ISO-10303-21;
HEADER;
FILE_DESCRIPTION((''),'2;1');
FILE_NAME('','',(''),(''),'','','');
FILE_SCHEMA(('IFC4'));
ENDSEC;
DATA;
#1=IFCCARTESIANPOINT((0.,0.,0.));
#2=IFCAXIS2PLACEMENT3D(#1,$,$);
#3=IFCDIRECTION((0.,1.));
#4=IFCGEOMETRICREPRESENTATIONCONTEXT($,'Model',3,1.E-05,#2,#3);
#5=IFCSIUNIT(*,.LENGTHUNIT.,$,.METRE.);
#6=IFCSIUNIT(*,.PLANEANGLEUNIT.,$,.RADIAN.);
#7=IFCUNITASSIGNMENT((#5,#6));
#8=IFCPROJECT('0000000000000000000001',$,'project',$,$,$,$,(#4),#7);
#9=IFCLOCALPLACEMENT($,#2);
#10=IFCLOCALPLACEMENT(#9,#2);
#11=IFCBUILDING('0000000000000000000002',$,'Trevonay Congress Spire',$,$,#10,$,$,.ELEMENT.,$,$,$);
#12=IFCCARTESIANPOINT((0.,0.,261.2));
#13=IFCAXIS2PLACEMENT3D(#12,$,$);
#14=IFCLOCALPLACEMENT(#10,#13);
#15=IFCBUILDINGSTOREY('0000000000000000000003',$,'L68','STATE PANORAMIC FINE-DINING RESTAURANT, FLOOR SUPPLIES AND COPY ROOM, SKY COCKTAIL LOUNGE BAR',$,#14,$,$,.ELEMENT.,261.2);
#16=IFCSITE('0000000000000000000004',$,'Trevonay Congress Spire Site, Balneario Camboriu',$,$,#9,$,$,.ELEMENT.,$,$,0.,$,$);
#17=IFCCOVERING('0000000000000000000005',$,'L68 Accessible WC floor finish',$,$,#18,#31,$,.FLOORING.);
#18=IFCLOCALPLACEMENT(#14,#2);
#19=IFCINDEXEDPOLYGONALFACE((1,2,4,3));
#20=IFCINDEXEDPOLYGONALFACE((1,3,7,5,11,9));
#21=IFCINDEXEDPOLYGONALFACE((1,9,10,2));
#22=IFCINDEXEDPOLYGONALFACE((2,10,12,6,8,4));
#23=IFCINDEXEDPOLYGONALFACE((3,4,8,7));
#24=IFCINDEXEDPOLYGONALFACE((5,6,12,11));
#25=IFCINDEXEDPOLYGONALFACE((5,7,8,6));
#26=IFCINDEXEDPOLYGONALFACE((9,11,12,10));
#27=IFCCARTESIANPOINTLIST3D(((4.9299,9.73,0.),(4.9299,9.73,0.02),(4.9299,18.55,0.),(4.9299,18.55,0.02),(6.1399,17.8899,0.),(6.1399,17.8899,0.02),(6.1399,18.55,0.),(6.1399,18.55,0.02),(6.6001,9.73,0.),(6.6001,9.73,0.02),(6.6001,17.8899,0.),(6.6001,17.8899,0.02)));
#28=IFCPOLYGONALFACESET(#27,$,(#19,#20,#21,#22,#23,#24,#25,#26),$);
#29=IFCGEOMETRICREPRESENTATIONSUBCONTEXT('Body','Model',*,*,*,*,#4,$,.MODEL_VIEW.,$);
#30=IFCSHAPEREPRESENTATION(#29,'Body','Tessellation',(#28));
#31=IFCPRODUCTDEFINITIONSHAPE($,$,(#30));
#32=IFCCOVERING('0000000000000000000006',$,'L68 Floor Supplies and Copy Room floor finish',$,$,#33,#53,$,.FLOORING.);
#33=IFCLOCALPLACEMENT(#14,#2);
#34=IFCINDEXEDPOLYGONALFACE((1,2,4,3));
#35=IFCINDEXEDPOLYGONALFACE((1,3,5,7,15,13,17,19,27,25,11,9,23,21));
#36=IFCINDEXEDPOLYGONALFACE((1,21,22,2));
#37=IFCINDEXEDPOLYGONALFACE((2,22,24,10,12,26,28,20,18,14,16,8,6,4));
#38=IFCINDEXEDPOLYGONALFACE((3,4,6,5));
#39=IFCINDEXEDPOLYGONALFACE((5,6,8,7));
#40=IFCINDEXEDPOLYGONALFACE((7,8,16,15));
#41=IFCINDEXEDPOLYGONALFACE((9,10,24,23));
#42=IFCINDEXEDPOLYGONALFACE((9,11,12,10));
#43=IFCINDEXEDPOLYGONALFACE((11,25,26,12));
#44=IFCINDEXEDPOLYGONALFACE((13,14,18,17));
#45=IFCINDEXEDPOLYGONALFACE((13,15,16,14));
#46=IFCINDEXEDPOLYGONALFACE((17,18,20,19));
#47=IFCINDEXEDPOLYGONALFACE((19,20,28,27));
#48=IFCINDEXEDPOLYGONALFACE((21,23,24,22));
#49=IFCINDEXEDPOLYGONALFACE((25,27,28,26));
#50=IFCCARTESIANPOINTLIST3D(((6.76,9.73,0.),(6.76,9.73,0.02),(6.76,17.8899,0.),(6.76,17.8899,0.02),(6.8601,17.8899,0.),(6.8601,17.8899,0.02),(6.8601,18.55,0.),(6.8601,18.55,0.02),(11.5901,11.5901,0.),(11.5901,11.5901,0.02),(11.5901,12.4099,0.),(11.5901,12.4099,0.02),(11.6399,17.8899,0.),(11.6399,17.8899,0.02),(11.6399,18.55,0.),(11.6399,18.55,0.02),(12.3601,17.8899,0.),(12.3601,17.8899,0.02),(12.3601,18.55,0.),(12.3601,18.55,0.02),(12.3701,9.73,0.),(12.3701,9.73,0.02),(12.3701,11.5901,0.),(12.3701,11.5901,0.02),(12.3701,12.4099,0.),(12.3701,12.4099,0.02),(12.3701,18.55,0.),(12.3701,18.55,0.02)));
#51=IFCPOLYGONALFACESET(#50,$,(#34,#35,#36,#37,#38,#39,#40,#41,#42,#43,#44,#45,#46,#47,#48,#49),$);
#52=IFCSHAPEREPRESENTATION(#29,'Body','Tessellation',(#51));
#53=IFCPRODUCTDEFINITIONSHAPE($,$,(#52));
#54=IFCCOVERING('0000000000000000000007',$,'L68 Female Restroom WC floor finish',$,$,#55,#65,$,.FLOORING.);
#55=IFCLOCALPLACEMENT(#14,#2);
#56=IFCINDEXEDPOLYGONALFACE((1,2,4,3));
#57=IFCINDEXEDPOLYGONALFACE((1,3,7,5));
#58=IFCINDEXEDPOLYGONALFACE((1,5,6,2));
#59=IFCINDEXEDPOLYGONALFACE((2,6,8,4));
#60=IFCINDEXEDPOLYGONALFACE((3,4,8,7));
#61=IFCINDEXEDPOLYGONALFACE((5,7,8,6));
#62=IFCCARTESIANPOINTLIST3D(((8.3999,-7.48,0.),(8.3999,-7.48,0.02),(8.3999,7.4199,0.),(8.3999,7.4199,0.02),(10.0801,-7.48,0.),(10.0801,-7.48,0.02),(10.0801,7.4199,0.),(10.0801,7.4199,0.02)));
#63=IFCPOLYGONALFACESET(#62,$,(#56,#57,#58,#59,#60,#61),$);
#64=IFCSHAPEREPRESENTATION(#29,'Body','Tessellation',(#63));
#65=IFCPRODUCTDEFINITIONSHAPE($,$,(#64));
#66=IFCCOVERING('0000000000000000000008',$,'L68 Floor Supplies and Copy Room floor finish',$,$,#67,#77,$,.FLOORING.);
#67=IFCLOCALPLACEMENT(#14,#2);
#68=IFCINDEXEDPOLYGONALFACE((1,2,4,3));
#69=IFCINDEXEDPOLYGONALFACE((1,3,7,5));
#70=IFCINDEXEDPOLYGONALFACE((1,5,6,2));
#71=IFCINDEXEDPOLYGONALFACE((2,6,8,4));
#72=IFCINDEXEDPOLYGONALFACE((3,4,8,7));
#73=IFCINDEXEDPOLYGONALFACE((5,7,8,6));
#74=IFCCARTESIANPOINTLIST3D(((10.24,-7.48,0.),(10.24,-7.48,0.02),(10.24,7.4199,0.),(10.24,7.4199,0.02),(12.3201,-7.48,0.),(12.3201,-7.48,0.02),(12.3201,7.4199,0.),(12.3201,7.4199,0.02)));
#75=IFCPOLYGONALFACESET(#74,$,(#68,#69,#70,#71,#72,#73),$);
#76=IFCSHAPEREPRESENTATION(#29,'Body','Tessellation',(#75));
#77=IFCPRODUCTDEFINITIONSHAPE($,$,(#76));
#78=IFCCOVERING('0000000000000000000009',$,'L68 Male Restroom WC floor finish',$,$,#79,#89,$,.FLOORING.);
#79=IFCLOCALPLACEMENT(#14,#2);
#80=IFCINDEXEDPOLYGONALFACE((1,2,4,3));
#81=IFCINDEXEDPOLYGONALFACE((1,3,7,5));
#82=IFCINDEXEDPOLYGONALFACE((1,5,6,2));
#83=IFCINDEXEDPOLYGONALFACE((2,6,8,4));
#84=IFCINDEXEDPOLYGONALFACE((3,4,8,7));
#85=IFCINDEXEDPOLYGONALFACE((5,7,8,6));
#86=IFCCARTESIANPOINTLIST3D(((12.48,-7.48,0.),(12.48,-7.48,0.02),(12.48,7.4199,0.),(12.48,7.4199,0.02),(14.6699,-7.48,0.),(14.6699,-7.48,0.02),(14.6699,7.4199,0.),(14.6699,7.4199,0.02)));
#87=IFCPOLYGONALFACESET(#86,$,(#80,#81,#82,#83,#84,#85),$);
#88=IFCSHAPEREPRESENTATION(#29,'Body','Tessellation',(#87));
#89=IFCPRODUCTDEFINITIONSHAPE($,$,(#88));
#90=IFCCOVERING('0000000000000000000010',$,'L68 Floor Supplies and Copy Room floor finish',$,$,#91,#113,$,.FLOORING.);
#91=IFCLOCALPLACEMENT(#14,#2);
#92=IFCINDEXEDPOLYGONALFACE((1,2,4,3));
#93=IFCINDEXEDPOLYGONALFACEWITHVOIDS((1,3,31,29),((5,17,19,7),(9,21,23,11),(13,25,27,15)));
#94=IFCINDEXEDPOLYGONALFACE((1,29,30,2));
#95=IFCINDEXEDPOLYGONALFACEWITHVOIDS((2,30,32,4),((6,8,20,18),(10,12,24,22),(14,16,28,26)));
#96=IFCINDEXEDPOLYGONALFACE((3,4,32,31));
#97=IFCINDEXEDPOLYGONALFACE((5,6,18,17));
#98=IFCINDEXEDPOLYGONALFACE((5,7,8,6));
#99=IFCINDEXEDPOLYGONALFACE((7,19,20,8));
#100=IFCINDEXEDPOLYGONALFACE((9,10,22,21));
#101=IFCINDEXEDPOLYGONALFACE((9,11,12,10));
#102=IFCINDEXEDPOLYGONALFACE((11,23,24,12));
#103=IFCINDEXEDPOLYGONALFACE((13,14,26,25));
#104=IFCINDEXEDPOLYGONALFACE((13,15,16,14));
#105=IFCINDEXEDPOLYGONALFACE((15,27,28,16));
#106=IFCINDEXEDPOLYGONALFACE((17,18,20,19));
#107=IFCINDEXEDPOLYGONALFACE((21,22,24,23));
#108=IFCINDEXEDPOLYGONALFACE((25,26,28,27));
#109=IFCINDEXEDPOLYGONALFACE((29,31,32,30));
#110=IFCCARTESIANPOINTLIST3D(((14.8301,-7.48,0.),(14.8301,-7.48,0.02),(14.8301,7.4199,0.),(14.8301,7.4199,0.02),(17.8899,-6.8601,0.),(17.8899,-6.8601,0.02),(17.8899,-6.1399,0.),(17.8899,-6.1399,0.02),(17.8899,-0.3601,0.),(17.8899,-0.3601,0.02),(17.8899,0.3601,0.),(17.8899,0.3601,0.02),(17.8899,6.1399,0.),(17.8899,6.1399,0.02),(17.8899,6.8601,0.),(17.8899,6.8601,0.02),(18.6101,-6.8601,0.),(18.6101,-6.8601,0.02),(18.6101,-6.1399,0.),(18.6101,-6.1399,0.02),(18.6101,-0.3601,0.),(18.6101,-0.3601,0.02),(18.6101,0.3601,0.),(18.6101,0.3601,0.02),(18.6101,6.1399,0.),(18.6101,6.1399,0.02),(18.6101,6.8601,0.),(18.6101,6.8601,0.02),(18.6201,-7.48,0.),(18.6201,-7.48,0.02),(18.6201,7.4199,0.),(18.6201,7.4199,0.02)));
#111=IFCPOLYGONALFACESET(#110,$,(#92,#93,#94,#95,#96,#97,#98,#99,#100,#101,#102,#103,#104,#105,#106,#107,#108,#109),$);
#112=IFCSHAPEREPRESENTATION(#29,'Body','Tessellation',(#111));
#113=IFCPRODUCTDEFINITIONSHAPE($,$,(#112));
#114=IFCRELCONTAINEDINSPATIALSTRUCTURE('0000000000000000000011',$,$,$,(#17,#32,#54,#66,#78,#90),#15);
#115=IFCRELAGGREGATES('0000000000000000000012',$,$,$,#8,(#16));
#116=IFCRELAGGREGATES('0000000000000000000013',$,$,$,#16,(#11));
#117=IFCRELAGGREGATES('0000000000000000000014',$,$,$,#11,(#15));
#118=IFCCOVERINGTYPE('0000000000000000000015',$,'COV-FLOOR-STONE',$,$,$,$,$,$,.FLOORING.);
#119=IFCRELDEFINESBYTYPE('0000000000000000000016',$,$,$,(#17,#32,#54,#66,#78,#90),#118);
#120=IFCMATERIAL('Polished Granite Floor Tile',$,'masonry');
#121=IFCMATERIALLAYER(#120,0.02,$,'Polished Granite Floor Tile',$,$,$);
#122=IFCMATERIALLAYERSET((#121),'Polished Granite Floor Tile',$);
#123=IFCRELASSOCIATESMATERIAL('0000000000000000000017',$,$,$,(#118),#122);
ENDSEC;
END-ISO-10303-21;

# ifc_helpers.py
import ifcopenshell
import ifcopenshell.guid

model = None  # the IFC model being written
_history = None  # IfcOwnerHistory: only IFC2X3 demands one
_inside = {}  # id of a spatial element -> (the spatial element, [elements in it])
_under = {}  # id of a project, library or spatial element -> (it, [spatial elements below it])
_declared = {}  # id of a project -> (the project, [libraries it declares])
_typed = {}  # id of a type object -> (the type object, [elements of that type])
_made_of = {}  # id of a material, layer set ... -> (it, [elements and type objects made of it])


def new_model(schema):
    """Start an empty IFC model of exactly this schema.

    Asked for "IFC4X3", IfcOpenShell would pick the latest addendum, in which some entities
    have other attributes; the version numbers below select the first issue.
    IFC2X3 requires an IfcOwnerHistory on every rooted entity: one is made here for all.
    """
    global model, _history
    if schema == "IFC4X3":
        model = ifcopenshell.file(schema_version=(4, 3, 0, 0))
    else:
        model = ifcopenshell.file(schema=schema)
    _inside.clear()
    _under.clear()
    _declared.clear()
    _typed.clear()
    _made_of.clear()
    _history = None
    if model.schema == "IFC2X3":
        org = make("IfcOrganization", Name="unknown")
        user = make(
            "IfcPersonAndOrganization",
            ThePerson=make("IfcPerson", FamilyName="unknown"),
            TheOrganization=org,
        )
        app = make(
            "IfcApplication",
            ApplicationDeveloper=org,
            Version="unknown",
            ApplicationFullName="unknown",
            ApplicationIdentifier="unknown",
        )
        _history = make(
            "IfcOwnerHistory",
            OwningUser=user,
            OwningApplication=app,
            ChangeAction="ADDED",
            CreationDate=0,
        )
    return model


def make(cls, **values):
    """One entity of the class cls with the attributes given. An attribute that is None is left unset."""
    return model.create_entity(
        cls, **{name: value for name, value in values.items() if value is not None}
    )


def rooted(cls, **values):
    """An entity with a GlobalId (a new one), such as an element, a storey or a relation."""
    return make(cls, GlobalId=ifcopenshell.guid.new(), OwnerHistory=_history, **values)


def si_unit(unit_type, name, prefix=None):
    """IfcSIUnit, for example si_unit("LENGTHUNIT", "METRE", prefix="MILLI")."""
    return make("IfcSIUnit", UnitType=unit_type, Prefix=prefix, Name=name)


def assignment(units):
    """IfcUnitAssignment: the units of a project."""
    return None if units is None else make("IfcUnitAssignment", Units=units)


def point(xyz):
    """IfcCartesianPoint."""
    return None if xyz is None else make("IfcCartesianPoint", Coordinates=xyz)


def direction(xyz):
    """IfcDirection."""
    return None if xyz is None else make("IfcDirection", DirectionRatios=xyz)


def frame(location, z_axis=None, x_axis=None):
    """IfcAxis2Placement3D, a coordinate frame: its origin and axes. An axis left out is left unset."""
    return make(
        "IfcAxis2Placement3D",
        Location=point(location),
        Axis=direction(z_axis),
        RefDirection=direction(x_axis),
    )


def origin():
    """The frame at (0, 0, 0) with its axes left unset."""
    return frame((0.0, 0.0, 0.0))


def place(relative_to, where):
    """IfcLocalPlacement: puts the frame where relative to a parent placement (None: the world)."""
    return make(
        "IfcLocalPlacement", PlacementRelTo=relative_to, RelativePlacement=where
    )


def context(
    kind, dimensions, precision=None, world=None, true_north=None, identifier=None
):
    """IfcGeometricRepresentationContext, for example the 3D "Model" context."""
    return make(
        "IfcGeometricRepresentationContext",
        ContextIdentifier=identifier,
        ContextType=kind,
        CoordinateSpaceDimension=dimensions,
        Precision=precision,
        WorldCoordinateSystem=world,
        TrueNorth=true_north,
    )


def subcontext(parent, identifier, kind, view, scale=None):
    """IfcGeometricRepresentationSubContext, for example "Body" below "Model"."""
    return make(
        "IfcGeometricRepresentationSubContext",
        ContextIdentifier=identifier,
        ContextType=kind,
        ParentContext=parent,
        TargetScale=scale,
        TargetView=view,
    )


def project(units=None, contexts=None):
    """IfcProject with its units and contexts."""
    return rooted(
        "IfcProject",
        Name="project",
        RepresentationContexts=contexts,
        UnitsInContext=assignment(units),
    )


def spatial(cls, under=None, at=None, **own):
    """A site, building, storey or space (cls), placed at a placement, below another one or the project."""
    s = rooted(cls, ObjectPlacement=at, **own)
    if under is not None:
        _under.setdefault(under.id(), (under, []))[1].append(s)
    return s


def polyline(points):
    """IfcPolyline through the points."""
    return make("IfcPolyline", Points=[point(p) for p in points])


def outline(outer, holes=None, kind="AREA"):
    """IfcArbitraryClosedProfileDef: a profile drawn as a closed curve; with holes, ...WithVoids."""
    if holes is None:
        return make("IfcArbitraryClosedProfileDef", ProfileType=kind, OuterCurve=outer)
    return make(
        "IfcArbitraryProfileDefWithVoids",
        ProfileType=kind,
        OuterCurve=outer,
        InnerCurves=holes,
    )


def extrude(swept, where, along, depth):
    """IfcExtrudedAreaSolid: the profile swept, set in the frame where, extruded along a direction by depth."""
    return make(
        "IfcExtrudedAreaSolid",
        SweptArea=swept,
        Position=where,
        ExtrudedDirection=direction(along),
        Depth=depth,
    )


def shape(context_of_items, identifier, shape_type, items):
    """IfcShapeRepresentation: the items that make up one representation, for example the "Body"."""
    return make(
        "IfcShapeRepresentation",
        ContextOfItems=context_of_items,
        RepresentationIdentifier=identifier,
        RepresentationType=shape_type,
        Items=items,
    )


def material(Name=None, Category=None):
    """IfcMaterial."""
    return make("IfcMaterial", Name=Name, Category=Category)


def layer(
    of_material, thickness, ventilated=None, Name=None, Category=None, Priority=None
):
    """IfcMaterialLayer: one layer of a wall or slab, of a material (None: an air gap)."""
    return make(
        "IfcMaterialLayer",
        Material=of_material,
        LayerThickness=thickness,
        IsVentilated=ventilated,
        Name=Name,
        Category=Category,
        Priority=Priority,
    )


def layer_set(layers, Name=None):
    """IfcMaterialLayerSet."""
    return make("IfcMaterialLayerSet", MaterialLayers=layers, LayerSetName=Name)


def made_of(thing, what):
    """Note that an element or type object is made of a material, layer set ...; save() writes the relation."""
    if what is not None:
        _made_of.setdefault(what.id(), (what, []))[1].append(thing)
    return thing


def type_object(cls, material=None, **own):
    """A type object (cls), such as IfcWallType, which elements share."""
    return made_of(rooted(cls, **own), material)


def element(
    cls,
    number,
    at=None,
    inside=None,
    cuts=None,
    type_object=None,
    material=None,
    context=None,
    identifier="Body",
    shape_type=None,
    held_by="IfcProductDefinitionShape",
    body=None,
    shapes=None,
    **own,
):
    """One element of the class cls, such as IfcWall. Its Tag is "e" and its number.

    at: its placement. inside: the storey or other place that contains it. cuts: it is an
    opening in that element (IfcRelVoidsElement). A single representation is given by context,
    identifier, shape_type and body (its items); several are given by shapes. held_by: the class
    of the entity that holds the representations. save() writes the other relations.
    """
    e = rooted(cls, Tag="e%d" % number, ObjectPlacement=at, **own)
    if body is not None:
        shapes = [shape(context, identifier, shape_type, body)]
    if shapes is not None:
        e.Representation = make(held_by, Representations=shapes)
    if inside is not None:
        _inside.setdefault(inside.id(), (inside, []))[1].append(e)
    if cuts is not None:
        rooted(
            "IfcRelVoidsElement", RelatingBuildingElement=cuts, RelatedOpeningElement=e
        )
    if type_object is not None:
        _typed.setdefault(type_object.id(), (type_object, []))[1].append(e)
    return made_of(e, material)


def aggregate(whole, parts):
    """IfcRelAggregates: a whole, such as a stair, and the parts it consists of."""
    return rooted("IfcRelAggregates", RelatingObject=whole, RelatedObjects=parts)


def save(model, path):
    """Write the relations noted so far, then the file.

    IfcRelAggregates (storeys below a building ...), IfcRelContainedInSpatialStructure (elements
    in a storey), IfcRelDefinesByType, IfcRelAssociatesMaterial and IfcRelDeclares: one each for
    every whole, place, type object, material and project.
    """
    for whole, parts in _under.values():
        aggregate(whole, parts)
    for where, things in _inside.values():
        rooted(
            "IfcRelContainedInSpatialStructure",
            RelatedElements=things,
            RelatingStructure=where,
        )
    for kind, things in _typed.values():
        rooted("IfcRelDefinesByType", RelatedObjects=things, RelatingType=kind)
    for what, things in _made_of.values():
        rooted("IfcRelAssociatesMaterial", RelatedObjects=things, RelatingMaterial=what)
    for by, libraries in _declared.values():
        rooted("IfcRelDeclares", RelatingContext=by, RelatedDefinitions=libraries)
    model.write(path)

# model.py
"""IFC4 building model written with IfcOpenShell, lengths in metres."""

from ifc_helpers import new_model, si_unit, direction, frame, origin, place, context, subcontext, project, spatial, polyline, outline, extrude, material, layer, layer_set, type_object, element, save


model = new_model("IFC4")

# Units and contexts
model_context = context("Model", 3, precision=1e-05, world=origin(), true_north=direction((0.0, 1.0)))
body_context = subcontext(model_context, "Body", "Model", "MODEL_VIEW")
ifc_project = project(units=[si_unit("LENGTHUNIT", "METRE"), si_unit("PLANEANGLEUNIT", "RADIAN")], contexts=[model_context])

# Site, building, storey
site_placement = place(None, origin())
site = spatial("IfcSite", under=ifc_project, at=site_placement, Name="Trevonay Congress Spire Site, Balneario Camboriu", CompositionType="ELEMENT", RefElevation=0.0)
building_placement = place(site_placement, origin())
building = spatial("IfcBuilding", under=site, at=building_placement, Name="Trevonay Congress Spire", CompositionType="ELEMENT")
storey_placement = place(building_placement, frame((0.0, 0.0, 261.2)))
storey = spatial("IfcBuildingStorey", under=building, at=storey_placement, Name="L68", Description="STATE PANORAMIC FINE-DINING RESTAURANT, FLOOR SUPPLIES AND COPY ROOM, SKY COCKTAIL LOUNGE BAR", CompositionType="ELEMENT", Elevation=261.2)

# Coverings
ifc_material_1 = material(Name="Polished Granite Floor Tile", Category="masonry")
ifc_layer_1 = layer(ifc_material_1, 0.02, Name="Polished Granite Floor Tile")
ifc_layer_set_1 = layer_set([ifc_layer_1], Name="Polished Granite Floor Tile")
covering_type_1 = type_object("IfcCoveringType", Name="COV-FLOOR-STONE", PredefinedType="FLOORING", material=ifc_layer_set_1)
covering_1_placement = place(storey_placement, origin())
element("IfcCovering", 1, at=covering_1_placement, inside=storey, type_object=covering_type_1, Name="L68 Accessible WC floor finish", PredefinedType="FLOORING", context=body_context, shape_type="SweptSolid", body=[
    extrude(outline(polyline([(6.6001, 9.73), (4.9299, 9.73), (4.9299, 18.55), (6.1399, 18.55), (6.1399, 17.8899), (6.6001, 17.8899), (6.6001, 9.73)])), origin(), (0.0, 0.0, 1.0), 0.02),
])
covering_2_placement = place(storey_placement, origin())
element("IfcCovering", 2, at=covering_2_placement, inside=storey, type_object=covering_type_1, Name="L68 Floor Supplies and Copy Room floor finish", PredefinedType="FLOORING", context=body_context, shape_type="SweptSolid", body=[
    extrude(outline(polyline([(12.3701, 9.73), (6.76, 9.73), (6.76, 17.8899), (6.8601, 17.8899), (6.8601, 18.55), (11.6399, 18.55), (11.6399, 17.8899), (12.3601, 17.8899), (12.3601, 18.55), (12.3701, 18.55), (12.3701, 12.4099), (11.5901, 12.4099), (11.5901, 11.5901), (12.3701, 11.5901), (12.3701, 9.73)])), origin(), (0.0, 0.0, 1.0), 0.02),
])
covering_3_placement = place(storey_placement, origin())
element("IfcCovering", 3, at=covering_3_placement, inside=storey, type_object=covering_type_1, Name="L68 Female Restroom WC floor finish", PredefinedType="FLOORING", context=body_context, shape_type="SweptSolid", body=[
    extrude(outline(polyline([(8.3999, -7.48), (10.0801, -7.48), (10.0801, 7.4199), (8.3999, 7.4199), (8.3999, -7.48)])), origin(), (0.0, 0.0, 1.0), 0.02),
])
covering_4_placement = place(storey_placement, origin())
element("IfcCovering", 4, at=covering_4_placement, inside=storey, type_object=covering_type_1, Name="L68 Floor Supplies and Copy Room floor finish", PredefinedType="FLOORING", context=body_context, shape_type="SweptSolid", body=[
    extrude(outline(polyline([(10.24, -7.48), (12.3201, -7.48), (12.3201, 7.4199), (10.24, 7.4199), (10.24, -7.48)])), origin(), (0.0, 0.0, 1.0), 0.02),
])
covering_5_placement = place(storey_placement, origin())
element("IfcCovering", 5, at=covering_5_placement, inside=storey, type_object=covering_type_1, Name="L68 Male Restroom WC floor finish", PredefinedType="FLOORING", context=body_context, shape_type="SweptSolid", body=[
    extrude(outline(polyline([(12.48, -7.48), (14.6699, -7.48), (14.6699, 7.4199), (12.48, 7.4199), (12.48, -7.48)])), origin(), (0.0, 0.0, 1.0), 0.02),
])
covering_6_placement = place(storey_placement, origin())
element("IfcCovering", 6, at=covering_6_placement, inside=storey, type_object=covering_type_1, Name="L68 Floor Supplies and Copy Room floor finish", PredefinedType="FLOORING", context=body_context, shape_type="SweptSolid", body=[
    extrude(outline(polyline([(14.8301, 7.4199), (18.6201, 7.4199), (18.6201, -7.48), (14.8301, -7.48), (14.8301, 7.4199)]), holes=[polyline([(17.8899, -6.8601), (18.6101, -6.8601), (18.6101, -6.1399), (17.8899, -6.1399), (17.8899, -6.8601)]), polyline([(17.8899, 0.3601), (17.8899, -0.3601), (18.6101, -0.3601), (18.6101, 0.3601), (17.8899, 0.3601)]), polyline([(17.8899, 6.8601), (17.8899, 6.1399), (18.6101, 6.1399), (18.6101, 6.8601), (17.8899, 6.8601)])]), origin(), (0.0, 0.0, 1.0), 0.02),
])

save(model, "model.ifc")
